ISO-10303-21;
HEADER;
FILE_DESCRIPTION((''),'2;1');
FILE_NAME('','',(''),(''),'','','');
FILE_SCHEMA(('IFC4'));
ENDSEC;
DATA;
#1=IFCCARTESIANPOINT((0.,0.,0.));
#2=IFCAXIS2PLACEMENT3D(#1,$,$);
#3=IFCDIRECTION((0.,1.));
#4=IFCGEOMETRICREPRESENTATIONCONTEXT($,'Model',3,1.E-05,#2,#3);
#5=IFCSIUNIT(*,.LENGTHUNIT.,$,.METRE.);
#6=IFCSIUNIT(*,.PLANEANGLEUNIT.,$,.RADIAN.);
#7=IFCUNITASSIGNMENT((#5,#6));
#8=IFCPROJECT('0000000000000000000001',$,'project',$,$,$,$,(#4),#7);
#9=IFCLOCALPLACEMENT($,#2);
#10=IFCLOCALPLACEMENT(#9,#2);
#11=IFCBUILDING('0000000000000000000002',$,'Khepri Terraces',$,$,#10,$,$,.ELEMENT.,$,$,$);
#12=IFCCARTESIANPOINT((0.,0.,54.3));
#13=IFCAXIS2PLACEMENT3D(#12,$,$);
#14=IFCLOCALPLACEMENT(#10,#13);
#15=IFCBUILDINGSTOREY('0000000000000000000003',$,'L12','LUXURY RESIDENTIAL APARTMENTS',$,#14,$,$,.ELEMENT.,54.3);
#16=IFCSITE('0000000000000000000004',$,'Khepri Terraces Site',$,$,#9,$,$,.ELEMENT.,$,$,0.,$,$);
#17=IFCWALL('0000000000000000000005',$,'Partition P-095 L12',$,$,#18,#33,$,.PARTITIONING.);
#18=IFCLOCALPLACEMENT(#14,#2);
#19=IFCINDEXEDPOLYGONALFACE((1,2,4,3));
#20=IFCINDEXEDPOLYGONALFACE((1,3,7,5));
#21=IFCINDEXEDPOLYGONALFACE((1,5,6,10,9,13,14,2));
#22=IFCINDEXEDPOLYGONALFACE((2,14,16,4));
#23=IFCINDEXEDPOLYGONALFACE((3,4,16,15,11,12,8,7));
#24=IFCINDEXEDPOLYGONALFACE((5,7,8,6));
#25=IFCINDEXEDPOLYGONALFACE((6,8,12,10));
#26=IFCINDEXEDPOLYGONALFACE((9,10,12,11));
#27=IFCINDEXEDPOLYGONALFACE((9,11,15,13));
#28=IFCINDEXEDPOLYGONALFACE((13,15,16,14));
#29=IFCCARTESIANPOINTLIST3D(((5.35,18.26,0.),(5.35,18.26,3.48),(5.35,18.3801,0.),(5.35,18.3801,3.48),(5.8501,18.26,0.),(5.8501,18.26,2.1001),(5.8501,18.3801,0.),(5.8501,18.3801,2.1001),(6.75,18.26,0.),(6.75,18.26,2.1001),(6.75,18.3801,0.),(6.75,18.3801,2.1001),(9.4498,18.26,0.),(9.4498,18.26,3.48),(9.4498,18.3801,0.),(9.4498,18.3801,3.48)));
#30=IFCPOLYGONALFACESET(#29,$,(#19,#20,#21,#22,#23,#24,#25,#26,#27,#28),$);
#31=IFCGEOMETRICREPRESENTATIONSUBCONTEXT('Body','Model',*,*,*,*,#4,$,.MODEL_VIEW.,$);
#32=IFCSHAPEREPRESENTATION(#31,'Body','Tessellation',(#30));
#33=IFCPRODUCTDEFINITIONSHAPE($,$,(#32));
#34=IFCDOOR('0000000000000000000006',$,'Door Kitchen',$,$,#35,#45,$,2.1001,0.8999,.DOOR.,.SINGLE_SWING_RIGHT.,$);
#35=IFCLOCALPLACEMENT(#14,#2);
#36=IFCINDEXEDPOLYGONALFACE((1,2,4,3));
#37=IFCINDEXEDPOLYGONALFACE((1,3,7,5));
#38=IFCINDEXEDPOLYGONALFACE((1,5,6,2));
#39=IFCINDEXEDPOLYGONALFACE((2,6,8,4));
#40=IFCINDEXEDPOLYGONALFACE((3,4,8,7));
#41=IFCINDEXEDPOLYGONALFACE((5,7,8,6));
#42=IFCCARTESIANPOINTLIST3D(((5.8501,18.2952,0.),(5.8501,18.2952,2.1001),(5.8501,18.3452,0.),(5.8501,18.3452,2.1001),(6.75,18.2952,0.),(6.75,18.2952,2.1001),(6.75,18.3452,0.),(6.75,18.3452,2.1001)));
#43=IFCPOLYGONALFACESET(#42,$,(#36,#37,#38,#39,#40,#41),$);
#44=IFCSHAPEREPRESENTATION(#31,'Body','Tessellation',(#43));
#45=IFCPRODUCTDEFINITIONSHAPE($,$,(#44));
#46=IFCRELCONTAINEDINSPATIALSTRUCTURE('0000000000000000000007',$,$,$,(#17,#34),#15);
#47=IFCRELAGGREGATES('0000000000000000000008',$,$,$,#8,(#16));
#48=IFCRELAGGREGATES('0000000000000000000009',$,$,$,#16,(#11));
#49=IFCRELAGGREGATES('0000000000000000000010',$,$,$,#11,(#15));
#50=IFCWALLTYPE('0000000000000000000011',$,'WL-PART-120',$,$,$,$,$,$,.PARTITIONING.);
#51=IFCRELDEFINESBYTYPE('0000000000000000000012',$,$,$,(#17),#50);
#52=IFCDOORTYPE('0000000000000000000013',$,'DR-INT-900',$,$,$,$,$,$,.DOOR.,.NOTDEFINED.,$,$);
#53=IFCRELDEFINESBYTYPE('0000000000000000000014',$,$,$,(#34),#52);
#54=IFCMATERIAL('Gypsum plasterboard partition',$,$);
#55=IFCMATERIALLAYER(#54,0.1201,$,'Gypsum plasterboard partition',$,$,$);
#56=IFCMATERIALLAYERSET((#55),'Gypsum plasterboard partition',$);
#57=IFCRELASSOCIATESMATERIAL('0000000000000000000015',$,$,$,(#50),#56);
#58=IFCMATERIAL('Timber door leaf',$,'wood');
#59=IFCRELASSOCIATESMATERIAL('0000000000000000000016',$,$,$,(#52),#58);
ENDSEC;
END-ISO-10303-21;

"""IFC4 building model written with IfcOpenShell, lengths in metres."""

from ifc_helpers import new_model, si_unit, direction, frame, frame_2d, origin, place, context, subcontext, project, spatial, rectangle, extrude, material, layer, layer_set, type_object, element, fill, save


model = new_model("IFC4")

# Units and contexts
model_context = context("Model", 3, precision=1e-05, world=origin(), true_north=direction((0.0, 1.0)))
body_context = subcontext(model_context, "Body", "Model", "MODEL_VIEW")
ifc_project = project(units=[si_unit("LENGTHUNIT", "METRE"), si_unit("PLANEANGLEUNIT", "RADIAN")], contexts=[model_context])

# Site, building, storey
site_placement = place(None, origin())
site = spatial("IfcSite", under=ifc_project, at=site_placement, Name="Khepri Terraces Site", CompositionType="ELEMENT", RefElevation=0.0)
building_placement = place(site_placement, origin())
building = spatial("IfcBuilding", under=site, at=building_placement, Name="Khepri Terraces", CompositionType="ELEMENT")
storey_placement = place(building_placement, frame((0.0, 0.0, 54.3)))
storey = spatial("IfcBuildingStorey", under=building, at=storey_placement, Name="L12", Description="LUXURY RESIDENTIAL APARTMENTS", CompositionType="ELEMENT", Elevation=54.3)

# Shared definitions
ifc_material_1 = material(Name="Gypsum plasterboard partition")
ifc_layer_1 = layer(ifc_material_1, 0.1201, Name="Gypsum plasterboard partition")
ifc_layer_set_1 = layer_set([ifc_layer_1], Name="Gypsum plasterboard partition")
wall_type_1 = type_object("IfcWallType", Name="WL-PART-120", PredefinedType="PARTITIONING", material=ifc_layer_set_1)

# Shared definitions
ifc_material_2 = material(Name="Timber door leaf", Category="wood")
door_type_1 = type_object("IfcDoorType", Name="DR-INT-900", OperationType="NOTDEFINED", PredefinedType="DOOR", material=ifc_material_2)

# Wall, opening, door
wall_1_placement = place(storey_placement, frame((5.3501, 18.3201, 0.0), z_axis=(0.0, 0.0, 1.0), x_axis=(1.0, 0.0, 0.0)))
wall_1 = element("IfcWall", 1, at=wall_1_placement, inside=storey, type_object=wall_type_1, Name="Partition P-095 L12", PredefinedType="PARTITIONING", context=body_context, shape_type="SweptSolid", body=[
    extrude(rectangle(XDim=4.0999, YDim=0.1201, at=frame_2d((2.0498, 0.0))), origin(), (0.0, 0.0, 1.0), 3.48),
])
opening_1_placement = place(wall_1_placement, frame((0.5, 0.0, 0.0)))
opening_1 = element("IfcOpeningElement", 2, at=opening_1_placement, cuts=wall_1, PredefinedType="OPENING", context=body_context, shape_type="SweptSolid", body=[
    extrude(rectangle(XDim=0.8999, YDim=2.1001, at=frame_2d((0.45, 1.05))), frame((0.0, 0.0701, 0.0), z_axis=(0.0, -1.0, 0.0), x_axis=(1.0, 0.0, 0.0)), (0.0, 0.0, 1.0), 0.1401),
])
door_1_placement = place(opening_1_placement, frame((0.8999, 0.0, 0.0), z_axis=(0.0, 0.0, 1.0), x_axis=(-1.0, 0.0, 0.0)))
door_1 = element("IfcDoor", 3, at=door_1_placement, inside=storey, type_object=door_type_1, Name="Door Kitchen", OperationType="SINGLE_SWING_RIGHT", OverallHeight=2.1001, OverallWidth=0.8999, PredefinedType="DOOR", context=body_context, shape_type="SweptSolid", body=[
    extrude(rectangle(XDim=0.8999, YDim=2.1001, at=frame_2d((0.45, 1.05))), frame((0.0, 0.0249, 0.0), z_axis=(0.0, -1.0, 0.0), x_axis=(1.0, 0.0, 0.0)), (0.0, 0.0, 1.0), 0.05),
])
fill(opening_1, door_1)

save(model, "model.ifc")
